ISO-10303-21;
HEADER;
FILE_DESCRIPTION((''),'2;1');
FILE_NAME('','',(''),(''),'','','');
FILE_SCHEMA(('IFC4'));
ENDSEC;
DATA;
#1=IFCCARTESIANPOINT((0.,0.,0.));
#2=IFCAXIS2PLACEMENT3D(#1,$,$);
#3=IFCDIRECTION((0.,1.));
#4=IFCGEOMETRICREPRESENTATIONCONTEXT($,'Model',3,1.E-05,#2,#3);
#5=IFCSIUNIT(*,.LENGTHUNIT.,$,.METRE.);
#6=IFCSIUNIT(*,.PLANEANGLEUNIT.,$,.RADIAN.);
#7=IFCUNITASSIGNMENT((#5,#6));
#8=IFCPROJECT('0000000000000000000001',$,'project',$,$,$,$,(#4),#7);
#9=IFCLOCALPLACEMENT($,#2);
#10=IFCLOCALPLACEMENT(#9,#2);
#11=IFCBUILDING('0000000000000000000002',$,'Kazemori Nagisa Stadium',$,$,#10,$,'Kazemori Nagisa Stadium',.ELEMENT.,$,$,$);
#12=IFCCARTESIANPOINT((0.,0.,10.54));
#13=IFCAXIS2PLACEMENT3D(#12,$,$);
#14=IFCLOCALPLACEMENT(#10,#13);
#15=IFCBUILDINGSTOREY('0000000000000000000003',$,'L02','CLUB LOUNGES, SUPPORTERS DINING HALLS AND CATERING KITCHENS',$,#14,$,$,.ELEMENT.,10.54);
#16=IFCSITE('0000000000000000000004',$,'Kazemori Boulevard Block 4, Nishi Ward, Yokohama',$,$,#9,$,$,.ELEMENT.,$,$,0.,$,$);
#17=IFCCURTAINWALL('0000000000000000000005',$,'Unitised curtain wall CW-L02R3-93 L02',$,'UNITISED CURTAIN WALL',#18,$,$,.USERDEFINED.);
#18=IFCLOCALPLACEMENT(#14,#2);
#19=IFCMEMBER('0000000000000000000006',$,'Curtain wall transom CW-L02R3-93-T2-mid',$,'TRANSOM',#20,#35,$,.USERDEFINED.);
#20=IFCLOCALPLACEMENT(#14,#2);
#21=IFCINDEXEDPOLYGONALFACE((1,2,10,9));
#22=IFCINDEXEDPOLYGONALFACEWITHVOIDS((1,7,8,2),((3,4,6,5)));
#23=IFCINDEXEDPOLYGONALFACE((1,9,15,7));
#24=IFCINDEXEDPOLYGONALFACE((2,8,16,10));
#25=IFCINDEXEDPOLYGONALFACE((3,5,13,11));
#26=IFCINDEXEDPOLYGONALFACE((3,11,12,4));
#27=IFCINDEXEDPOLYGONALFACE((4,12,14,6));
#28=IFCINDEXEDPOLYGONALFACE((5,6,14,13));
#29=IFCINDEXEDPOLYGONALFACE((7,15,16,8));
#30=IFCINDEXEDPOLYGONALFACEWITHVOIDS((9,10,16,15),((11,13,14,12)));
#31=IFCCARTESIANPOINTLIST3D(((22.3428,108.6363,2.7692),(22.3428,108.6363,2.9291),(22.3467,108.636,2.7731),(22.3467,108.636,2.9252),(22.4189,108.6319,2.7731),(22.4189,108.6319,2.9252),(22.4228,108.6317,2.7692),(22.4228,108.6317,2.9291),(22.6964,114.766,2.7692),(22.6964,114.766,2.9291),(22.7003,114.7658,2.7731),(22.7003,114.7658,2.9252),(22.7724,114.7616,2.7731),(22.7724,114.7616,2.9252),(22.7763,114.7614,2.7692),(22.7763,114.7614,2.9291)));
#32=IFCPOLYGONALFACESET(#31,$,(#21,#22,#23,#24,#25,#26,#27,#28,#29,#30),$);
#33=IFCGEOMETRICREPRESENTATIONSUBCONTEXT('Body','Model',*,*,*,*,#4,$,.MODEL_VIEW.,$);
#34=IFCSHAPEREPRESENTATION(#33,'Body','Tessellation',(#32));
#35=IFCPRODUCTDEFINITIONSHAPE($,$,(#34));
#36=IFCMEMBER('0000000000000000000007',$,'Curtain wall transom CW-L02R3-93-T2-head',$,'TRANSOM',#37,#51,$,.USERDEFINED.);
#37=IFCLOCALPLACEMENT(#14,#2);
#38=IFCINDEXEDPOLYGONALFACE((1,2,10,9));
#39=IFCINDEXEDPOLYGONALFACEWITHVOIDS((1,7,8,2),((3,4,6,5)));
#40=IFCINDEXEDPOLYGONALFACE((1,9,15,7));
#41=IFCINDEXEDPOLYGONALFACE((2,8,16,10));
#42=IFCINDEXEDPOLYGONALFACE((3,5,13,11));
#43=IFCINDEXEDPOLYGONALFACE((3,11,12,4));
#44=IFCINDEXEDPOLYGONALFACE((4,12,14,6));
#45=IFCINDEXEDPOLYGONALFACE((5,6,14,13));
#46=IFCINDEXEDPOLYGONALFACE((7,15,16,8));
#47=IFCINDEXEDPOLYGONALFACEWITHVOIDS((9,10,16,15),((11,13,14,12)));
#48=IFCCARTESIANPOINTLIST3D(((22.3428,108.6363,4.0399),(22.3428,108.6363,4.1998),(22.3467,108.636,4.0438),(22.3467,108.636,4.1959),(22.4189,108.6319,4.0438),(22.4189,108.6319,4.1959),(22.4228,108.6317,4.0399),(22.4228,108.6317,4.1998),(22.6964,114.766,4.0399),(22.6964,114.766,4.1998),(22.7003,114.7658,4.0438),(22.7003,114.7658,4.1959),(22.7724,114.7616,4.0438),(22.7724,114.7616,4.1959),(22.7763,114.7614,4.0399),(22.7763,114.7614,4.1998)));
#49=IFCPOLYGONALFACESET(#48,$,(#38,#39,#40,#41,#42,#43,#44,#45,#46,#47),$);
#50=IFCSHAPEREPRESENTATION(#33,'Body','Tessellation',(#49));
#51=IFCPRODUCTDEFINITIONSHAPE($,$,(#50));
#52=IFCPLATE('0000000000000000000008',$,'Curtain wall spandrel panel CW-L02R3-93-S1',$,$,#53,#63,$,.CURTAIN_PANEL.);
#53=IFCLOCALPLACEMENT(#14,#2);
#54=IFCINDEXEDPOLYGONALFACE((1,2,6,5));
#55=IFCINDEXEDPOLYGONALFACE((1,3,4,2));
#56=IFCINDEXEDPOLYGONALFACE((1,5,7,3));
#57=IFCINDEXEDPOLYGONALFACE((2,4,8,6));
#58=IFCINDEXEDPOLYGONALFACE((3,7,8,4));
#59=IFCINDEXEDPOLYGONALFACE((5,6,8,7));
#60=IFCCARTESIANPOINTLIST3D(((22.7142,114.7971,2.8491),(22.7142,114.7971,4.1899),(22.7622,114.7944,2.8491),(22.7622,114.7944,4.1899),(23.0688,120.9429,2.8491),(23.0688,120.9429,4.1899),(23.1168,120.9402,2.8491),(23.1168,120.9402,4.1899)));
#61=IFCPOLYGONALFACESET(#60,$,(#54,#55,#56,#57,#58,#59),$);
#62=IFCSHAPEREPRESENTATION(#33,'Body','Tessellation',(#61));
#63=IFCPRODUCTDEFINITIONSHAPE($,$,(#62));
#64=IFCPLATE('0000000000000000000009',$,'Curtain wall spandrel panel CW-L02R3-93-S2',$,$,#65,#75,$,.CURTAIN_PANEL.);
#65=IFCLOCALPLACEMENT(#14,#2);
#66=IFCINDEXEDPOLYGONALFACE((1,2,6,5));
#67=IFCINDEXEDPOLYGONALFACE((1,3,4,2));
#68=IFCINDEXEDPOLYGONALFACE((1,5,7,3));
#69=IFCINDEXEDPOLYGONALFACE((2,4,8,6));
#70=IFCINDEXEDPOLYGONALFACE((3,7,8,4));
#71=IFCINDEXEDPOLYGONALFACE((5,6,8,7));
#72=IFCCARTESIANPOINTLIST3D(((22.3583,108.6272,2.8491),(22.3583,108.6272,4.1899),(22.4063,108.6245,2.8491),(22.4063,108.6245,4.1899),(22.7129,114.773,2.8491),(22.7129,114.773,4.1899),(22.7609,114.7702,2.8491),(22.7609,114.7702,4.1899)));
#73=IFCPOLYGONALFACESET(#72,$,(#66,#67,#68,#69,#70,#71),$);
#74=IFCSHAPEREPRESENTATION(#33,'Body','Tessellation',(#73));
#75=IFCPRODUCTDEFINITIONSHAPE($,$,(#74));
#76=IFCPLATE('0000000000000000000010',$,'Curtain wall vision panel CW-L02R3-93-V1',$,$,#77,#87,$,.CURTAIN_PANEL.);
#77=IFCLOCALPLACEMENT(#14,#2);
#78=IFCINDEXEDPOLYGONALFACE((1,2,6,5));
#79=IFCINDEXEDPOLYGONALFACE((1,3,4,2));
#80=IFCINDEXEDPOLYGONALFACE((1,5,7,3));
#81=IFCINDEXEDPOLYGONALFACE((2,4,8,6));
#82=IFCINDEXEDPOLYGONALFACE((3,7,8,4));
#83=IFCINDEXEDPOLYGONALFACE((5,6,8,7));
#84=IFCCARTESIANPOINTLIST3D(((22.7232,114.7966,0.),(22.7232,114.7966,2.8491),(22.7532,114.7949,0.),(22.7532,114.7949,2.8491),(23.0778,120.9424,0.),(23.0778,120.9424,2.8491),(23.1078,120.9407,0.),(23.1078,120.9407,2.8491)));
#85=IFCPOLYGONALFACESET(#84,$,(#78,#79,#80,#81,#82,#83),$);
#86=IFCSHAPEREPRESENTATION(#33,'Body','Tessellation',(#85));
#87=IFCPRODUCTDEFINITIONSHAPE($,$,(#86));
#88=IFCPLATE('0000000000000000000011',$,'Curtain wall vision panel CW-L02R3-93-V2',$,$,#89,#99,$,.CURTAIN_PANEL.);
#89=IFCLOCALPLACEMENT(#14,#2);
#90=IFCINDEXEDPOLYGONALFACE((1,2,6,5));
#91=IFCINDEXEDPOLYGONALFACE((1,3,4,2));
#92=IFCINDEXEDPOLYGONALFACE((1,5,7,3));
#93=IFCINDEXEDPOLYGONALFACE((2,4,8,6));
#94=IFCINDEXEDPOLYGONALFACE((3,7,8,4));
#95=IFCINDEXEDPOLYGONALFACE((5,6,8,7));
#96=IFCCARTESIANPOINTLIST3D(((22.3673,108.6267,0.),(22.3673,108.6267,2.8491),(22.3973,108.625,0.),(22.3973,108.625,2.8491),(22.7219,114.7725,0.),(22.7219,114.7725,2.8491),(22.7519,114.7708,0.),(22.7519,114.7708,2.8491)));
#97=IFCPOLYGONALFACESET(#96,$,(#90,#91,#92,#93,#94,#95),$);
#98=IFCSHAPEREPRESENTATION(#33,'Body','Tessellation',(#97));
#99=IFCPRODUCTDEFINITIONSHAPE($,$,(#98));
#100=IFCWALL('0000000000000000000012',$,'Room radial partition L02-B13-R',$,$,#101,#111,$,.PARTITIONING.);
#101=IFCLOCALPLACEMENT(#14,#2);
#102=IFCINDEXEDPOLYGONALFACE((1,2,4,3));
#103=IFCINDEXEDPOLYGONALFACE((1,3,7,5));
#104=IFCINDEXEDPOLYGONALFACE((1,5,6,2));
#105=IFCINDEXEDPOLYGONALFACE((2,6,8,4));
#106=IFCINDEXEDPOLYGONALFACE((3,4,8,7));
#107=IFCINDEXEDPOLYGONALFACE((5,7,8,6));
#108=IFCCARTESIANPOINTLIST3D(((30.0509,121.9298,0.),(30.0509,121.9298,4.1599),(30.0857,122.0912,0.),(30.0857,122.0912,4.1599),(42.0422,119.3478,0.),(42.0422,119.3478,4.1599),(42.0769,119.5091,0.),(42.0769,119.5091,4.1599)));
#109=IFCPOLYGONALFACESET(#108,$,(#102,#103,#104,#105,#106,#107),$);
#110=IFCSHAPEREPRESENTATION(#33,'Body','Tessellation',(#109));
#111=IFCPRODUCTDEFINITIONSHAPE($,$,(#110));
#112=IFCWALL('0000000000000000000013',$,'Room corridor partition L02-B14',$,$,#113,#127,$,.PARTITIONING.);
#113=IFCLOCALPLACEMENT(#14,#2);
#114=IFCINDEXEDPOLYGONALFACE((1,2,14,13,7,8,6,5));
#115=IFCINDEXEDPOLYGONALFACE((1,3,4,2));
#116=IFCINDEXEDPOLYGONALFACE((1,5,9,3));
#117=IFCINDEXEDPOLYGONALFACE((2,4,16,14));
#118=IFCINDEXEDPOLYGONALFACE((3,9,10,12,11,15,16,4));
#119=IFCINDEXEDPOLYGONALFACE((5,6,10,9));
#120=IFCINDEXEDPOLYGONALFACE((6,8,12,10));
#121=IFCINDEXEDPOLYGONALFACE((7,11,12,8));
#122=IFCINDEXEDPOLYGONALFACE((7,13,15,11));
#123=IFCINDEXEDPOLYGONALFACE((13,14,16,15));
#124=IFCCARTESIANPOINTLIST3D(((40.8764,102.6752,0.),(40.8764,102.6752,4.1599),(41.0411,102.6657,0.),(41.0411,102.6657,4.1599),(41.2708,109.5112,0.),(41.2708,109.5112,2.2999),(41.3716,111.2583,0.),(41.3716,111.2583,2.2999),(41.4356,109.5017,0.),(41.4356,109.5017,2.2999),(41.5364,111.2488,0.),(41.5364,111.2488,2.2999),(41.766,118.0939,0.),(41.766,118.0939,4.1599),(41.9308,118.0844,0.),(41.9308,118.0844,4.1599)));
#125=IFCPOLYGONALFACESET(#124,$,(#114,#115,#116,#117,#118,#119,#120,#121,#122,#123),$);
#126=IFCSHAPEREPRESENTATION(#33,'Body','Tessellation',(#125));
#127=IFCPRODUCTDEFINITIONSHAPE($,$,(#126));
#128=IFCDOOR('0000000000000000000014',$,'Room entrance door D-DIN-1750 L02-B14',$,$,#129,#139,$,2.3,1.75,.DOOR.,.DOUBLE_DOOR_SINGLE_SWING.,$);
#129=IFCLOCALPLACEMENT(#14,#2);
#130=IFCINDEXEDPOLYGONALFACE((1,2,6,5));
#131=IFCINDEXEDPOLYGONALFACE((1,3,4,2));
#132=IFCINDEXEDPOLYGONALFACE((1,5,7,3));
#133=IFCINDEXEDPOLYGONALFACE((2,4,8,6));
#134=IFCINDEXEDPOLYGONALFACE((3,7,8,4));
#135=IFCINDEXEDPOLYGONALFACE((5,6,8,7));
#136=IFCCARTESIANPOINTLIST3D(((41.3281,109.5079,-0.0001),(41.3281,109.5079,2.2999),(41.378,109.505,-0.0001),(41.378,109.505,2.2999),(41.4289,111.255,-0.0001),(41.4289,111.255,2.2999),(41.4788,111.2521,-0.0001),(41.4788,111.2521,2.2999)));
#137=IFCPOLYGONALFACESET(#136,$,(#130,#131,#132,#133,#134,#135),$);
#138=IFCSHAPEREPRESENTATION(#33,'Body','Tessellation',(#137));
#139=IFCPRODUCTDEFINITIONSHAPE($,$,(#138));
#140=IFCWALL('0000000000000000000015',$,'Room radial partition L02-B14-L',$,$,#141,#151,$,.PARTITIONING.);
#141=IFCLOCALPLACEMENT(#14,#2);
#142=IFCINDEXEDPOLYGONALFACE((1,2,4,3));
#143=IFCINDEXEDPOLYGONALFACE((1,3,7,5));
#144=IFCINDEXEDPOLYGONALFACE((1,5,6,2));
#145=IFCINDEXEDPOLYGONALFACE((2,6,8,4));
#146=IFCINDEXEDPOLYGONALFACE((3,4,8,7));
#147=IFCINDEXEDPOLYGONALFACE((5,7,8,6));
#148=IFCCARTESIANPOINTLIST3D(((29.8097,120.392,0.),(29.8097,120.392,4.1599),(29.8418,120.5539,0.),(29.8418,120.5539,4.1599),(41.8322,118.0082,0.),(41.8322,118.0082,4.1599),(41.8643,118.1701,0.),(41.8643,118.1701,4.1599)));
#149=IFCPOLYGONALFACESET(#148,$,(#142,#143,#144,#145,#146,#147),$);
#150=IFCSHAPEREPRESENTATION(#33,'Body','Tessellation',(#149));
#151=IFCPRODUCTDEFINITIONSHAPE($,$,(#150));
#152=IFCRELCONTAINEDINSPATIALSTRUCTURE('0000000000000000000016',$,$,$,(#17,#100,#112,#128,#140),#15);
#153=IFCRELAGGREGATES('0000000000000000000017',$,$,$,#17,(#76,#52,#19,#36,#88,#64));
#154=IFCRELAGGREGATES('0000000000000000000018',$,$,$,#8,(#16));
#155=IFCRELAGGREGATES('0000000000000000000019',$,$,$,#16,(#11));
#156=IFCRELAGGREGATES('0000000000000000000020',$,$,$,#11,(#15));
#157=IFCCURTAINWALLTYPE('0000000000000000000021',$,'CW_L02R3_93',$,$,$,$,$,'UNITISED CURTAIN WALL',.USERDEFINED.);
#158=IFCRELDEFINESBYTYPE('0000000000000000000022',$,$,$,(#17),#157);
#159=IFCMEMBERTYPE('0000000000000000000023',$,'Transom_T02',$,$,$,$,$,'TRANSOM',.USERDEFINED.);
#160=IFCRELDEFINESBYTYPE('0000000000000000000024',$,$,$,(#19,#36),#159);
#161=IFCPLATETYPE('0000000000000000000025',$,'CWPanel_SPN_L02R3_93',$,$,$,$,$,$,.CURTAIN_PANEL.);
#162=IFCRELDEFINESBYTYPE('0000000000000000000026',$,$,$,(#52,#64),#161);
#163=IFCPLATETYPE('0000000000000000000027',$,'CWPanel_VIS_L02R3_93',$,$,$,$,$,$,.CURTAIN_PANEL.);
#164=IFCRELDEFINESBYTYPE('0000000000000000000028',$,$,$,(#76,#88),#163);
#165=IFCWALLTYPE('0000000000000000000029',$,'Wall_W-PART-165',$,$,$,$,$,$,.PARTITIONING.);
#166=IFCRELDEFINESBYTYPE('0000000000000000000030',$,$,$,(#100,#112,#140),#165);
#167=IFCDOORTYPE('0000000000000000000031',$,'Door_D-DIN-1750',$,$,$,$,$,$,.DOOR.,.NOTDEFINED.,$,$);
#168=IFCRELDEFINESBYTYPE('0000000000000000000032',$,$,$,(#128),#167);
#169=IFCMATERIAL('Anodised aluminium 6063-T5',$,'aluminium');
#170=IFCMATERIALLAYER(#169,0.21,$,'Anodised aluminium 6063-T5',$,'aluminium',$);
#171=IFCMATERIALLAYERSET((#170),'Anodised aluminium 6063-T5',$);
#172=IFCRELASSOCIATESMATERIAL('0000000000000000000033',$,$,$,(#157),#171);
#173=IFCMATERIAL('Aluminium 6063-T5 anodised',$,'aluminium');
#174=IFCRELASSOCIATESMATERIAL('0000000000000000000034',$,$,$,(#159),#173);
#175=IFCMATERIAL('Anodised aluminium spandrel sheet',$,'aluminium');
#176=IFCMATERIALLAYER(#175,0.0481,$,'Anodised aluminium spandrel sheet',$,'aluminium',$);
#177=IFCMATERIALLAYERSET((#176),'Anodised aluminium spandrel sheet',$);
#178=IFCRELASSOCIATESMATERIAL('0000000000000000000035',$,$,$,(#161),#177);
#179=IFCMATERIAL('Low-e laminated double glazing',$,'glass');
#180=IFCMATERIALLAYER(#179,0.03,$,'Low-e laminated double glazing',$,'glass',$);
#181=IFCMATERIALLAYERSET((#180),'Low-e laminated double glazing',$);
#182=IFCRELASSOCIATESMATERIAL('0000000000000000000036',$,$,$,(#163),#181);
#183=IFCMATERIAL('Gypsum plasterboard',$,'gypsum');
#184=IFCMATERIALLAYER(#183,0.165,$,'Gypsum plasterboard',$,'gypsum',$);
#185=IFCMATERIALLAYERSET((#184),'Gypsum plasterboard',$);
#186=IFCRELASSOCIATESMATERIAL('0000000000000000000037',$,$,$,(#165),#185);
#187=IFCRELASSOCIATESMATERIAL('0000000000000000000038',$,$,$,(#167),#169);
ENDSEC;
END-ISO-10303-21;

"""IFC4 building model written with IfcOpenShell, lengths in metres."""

from ifc_helpers import new_model, si_unit, direction, frame, frame_2d, origin, origin_2d, place, context, subcontext, project, spatial, rectangle, hollow_rectangle, extrude, material, layer, layer_set, material_profile, profile_set, type_object, element, fill, aggregate, save


model = new_model("IFC4")

# Units and contexts
model_context = context("Model", 3, precision=1e-05, world=origin(), true_north=direction((0.0, 1.0)))
body_context = subcontext(model_context, "Body", "Model", "MODEL_VIEW")
ifc_project = project(units=[si_unit("LENGTHUNIT", "METRE"), si_unit("PLANEANGLEUNIT", "RADIAN")], contexts=[model_context])

# Site, building, storey
site_placement = place(None, origin())
site = spatial("IfcSite", under=ifc_project, at=site_placement, Name="Kazemori Boulevard Block 4, Nishi Ward, Yokohama", CompositionType="ELEMENT", RefElevation=0.0)
building_placement = place(site_placement, origin())
building = spatial("IfcBuilding", under=site, at=building_placement, Name="Kazemori Nagisa Stadium", LongName="Kazemori Nagisa Stadium", CompositionType="ELEMENT")
storey_placement = place(building_placement, frame((0.0, 0.0, 10.54)))
storey = spatial("IfcBuildingStorey", under=building, at=storey_placement, Name="L02", Description="CLUB LOUNGES, SUPPORTERS DINING HALLS AND CATERING KITCHENS", CompositionType="ELEMENT", Elevation=10.54)

# Curtain wall, members, plates
ifc_material_1 = material(Name="Anodised aluminium 6063-T5", Category="aluminium")
ifc_layer_1 = layer(ifc_material_1, 0.21, Name="Anodised aluminium 6063-T5", Category="aluminium")
ifc_layer_set_1 = layer_set([ifc_layer_1], Name="Anodised aluminium 6063-T5")
curtain_wall_type = type_object("IfcCurtainWallType", Name="CW_L02R3_93", ElementType="UNITISED CURTAIN WALL", PredefinedType="USERDEFINED", material=ifc_layer_set_1)
curtain_wall_placement = place(storey_placement, origin())
curtain_wall = element("IfcCurtainWall", 1, at=curtain_wall_placement, inside=storey, type_object=curtain_wall_type, Name="Unitised curtain wall CW-L02R3-93 L02", ObjectType="UNITISED CURTAIN WALL", PredefinedType="USERDEFINED")
ifc_material_2 = material(Name="Aluminium 6063-T5 anodised", Category="aluminium")
ifc_material_profile_1 = material_profile(ifc_material_2, hollow_rectangle(XDim=0.0801, YDim=0.1599, WallThickness=0.0039, at=origin_2d()), Name="ALU-TRAN-80x160x4")
ifc_profile_set_1 = profile_set([ifc_material_profile_1], Name="Aluminium 6063-T5 anodised")
member_type_1 = type_object("IfcMemberType", Name="Transom_T02", ElementType="TRANSOM", PredefinedType="USERDEFINED", material=ifc_profile_set_1)
member_1_placement = place(storey_placement, frame((22.7363, 114.7637, 2.8491), z_axis=(-0.057577, -0.998341, 0.0), x_axis=(0.998341, -0.057577, 0.0)))
member_1 = element("IfcMember", 2, at=member_1_placement, type_object=member_type_1, Name="Curtain wall transom CW-L02R3-93-T2-mid", ObjectType="TRANSOM", PredefinedType="USERDEFINED", context=body_context, shape_type="SweptSolid", body=[
    extrude(hollow_rectangle(XDim=0.0801, YDim=0.1599, WallThickness=0.0039, at=origin_2d()), origin(), (0.0, 0.0, 1.0), 6.1399),
])
member_2_placement = place(storey_placement, frame((22.7363, 114.7637, 4.1199), z_axis=(-0.057577, -0.998341, 0.0), x_axis=(0.998341, -0.057577, 0.0)))
member_2 = element("IfcMember", 3, at=member_2_placement, type_object=member_type_1, Name="Curtain wall transom CW-L02R3-93-T2-head", ObjectType="TRANSOM", PredefinedType="USERDEFINED", context=body_context, shape_type="SweptSolid", body=[
    extrude(hollow_rectangle(XDim=0.0801, YDim=0.1599, WallThickness=0.0039, at=origin_2d()), origin(), (0.0, 0.0, 1.0), 6.1399),
])
ifc_material_3 = material(Name="Anodised aluminium spandrel sheet", Category="aluminium")
ifc_layer_2 = layer(ifc_material_3, 0.0481, Name="Anodised aluminium spandrel sheet", Category="aluminium")
ifc_layer_set_2 = layer_set([ifc_layer_2], Name="Anodised aluminium spandrel sheet")
plate_type_1 = type_object("IfcPlateType", Name="CWPanel_SPN_L02R3_93", PredefinedType="CURTAIN_PANEL", material=ifc_layer_set_2)
plate_1_placement = place(storey_placement, frame((22.9155, 117.8687, 2.8491), z_axis=(0.0, 0.0, 1.0), x_axis=(-0.057602, -0.99834, 0.0)))
plate_1 = element("IfcPlate", 4, at=plate_1_placement, type_object=plate_type_1, Name="Curtain wall spandrel panel CW-L02R3-93-S1", PredefinedType="CURTAIN_PANEL", context=body_context, shape_type="SweptSolid", body=[
    extrude(rectangle(XDim=6.156, YDim=0.0481, at=origin_2d()), origin(), (0.0, 0.0, 1.0), 1.3408),
])
plate_2_placement = place(storey_placement, frame((22.5596, 111.6987, 2.8491), z_axis=(0.0, 0.0, 1.0), x_axis=(-0.057602, -0.99834, 0.0)))
plate_2 = element("IfcPlate", 5, at=plate_2_placement, type_object=plate_type_1, Name="Curtain wall spandrel panel CW-L02R3-93-S2", PredefinedType="CURTAIN_PANEL", context=body_context, shape_type="SweptSolid", body=[
    extrude(rectangle(XDim=6.156, YDim=0.0481, at=origin_2d()), origin(), (0.0, 0.0, 1.0), 1.3408),
])
ifc_material_4 = material(Name="Low-e laminated double glazing", Category="glass")
ifc_layer_3 = layer(ifc_material_4, 0.03, Name="Low-e laminated double glazing", Category="glass")
ifc_layer_set_3 = layer_set([ifc_layer_3], Name="Low-e laminated double glazing")
plate_type_2 = type_object("IfcPlateType", Name="CWPanel_VIS_L02R3_93", PredefinedType="CURTAIN_PANEL", material=ifc_layer_set_3)
plate_3_placement = place(storey_placement, frame((22.9155, 117.8687, 0.0), z_axis=(0.0, 0.0, 1.0), x_axis=(-0.057602, -0.99834, 0.0)))
plate_3 = element("IfcPlate", 6, at=plate_3_placement, type_object=plate_type_2, Name="Curtain wall vision panel CW-L02R3-93-V1", PredefinedType="CURTAIN_PANEL", context=body_context, shape_type="SweptSolid", body=[
    extrude(rectangle(XDim=6.156, YDim=0.03, at=origin_2d()), origin(), (0.0, 0.0, 1.0), 2.8491),
])
plate_4_placement = place(storey_placement, frame((22.5596, 111.6987, 0.0), z_axis=(0.0, 0.0, 1.0), x_axis=(-0.057602, -0.99834, 0.0)))
plate_4 = element("IfcPlate", 7, at=plate_4_placement, type_object=plate_type_2, Name="Curtain wall vision panel CW-L02R3-93-V2", PredefinedType="CURTAIN_PANEL", context=body_context, shape_type="SweptSolid", body=[
    extrude(rectangle(XDim=6.156, YDim=0.03, at=origin_2d()), origin(), (0.0, 0.0, 1.0), 2.8491),
])
aggregate(curtain_wall, [plate_3, plate_1, member_1, member_2, plate_4, plate_2])

# Wall
ifc_material_5 = material(Name="Gypsum plasterboard", Category="gypsum")
ifc_layer_4 = layer(ifc_material_5, 0.165, Name="Gypsum plasterboard", Category="gypsum")
ifc_layer_set_4 = layer_set([ifc_layer_4], Name="Gypsum plasterboard")
wall_type = type_object("IfcWallType", Name="Wall_W-PART-165", PredefinedType="PARTITIONING", material=ifc_layer_set_4)
wall_1_placement = place(storey_placement, frame((42.0596, 119.4285, 0.0), z_axis=(0.0, 0.0, 1.0), x_axis=(-0.977593, 0.210502, 0.0)))
element("IfcWall", 8, at=wall_1_placement, inside=storey, type_object=wall_type, Name="Room radial partition L02-B13-R", PredefinedType="PARTITIONING", context=body_context, shape_type="SweptSolid", body=[
    extrude(rectangle(XDim=12.2661, YDim=0.165, at=frame_2d((6.1331, 0.0))), origin(), (0.0, 0.0, 1.0), 4.1599),
])

# Wall, opening, door
wall_2_placement = place(storey_placement, frame((41.8484, 118.0891, 0.0), z_axis=(0.0, 0.0, 1.0), x_axis=(-0.057604, -0.99834, 0.0)))
wall_2 = element("IfcWall", 9, at=wall_2_placement, inside=storey, type_object=wall_type, Name="Room corridor partition L02-B14", PredefinedType="PARTITIONING", context=body_context, shape_type="SweptSolid", body=[
    extrude(rectangle(XDim=15.4443, YDim=0.165, at=frame_2d((7.7222, 0.0))), origin(), (0.0, 0.0, 1.0), 4.1599),
])
opening_placement = place(wall_2_placement, frame((6.8469, 0.0, 0.0)))
opening = element("IfcOpeningElement", 10, at=opening_placement, cuts=wall_2, PredefinedType="OPENING", context=body_context, shape_type="SweptSolid", body=[
    extrude(rectangle(XDim=1.75, YDim=2.3, at=frame_2d((0.875, 1.1499))), frame((0.0, 0.0925, 0.0), z_axis=(0.0, -1.0, 0.0), x_axis=(1.0, 0.0, 0.0)), (0.0, 0.0, 1.0), 0.1851),
])
door_type = type_object("IfcDoorType", Name="Door_D-DIN-1750", OperationType="NOTDEFINED", PredefinedType="DOOR", material=ifc_material_1)
door_placement = place(opening_placement, origin())
door = element("IfcDoor", 11, at=door_placement, inside=storey, type_object=door_type, Name="Room entrance door D-DIN-1750 L02-B14", OperationType="DOUBLE_DOOR_SINGLE_SWING", OverallHeight=2.3, OverallWidth=1.75, PredefinedType="DOOR", context=body_context, shape_type="SweptSolid", body=[
    extrude(rectangle(XDim=1.75, YDim=2.3, at=frame_2d((0.875, 1.1499))), frame((0.0, 0.0249, 0.0), z_axis=(0.0, -1.0, 0.0), x_axis=(1.0, 0.0, 0.0)), (0.0, 0.0, 1.0), 0.05),
])
fill(opening, door)

# Wall
wall_3_placement = place(storey_placement, frame((41.8484, 118.0891, 0.0), z_axis=(0.0, 0.0, 1.0), x_axis=(-0.980904, 0.194492, 0.0)))
element("IfcWall", 12, at=wall_3_placement, inside=storey, type_object=wall_type, Name="Room radial partition L02-B14-L", PredefinedType="PARTITIONING", context=body_context, shape_type="SweptSolid", body=[
    extrude(rectangle(XDim=12.2566, YDim=0.165, at=frame_2d((6.1284, 0.0))), origin(), (0.0, 0.0, 1.0), 4.1599),
])

save(model, "model.ifc")
